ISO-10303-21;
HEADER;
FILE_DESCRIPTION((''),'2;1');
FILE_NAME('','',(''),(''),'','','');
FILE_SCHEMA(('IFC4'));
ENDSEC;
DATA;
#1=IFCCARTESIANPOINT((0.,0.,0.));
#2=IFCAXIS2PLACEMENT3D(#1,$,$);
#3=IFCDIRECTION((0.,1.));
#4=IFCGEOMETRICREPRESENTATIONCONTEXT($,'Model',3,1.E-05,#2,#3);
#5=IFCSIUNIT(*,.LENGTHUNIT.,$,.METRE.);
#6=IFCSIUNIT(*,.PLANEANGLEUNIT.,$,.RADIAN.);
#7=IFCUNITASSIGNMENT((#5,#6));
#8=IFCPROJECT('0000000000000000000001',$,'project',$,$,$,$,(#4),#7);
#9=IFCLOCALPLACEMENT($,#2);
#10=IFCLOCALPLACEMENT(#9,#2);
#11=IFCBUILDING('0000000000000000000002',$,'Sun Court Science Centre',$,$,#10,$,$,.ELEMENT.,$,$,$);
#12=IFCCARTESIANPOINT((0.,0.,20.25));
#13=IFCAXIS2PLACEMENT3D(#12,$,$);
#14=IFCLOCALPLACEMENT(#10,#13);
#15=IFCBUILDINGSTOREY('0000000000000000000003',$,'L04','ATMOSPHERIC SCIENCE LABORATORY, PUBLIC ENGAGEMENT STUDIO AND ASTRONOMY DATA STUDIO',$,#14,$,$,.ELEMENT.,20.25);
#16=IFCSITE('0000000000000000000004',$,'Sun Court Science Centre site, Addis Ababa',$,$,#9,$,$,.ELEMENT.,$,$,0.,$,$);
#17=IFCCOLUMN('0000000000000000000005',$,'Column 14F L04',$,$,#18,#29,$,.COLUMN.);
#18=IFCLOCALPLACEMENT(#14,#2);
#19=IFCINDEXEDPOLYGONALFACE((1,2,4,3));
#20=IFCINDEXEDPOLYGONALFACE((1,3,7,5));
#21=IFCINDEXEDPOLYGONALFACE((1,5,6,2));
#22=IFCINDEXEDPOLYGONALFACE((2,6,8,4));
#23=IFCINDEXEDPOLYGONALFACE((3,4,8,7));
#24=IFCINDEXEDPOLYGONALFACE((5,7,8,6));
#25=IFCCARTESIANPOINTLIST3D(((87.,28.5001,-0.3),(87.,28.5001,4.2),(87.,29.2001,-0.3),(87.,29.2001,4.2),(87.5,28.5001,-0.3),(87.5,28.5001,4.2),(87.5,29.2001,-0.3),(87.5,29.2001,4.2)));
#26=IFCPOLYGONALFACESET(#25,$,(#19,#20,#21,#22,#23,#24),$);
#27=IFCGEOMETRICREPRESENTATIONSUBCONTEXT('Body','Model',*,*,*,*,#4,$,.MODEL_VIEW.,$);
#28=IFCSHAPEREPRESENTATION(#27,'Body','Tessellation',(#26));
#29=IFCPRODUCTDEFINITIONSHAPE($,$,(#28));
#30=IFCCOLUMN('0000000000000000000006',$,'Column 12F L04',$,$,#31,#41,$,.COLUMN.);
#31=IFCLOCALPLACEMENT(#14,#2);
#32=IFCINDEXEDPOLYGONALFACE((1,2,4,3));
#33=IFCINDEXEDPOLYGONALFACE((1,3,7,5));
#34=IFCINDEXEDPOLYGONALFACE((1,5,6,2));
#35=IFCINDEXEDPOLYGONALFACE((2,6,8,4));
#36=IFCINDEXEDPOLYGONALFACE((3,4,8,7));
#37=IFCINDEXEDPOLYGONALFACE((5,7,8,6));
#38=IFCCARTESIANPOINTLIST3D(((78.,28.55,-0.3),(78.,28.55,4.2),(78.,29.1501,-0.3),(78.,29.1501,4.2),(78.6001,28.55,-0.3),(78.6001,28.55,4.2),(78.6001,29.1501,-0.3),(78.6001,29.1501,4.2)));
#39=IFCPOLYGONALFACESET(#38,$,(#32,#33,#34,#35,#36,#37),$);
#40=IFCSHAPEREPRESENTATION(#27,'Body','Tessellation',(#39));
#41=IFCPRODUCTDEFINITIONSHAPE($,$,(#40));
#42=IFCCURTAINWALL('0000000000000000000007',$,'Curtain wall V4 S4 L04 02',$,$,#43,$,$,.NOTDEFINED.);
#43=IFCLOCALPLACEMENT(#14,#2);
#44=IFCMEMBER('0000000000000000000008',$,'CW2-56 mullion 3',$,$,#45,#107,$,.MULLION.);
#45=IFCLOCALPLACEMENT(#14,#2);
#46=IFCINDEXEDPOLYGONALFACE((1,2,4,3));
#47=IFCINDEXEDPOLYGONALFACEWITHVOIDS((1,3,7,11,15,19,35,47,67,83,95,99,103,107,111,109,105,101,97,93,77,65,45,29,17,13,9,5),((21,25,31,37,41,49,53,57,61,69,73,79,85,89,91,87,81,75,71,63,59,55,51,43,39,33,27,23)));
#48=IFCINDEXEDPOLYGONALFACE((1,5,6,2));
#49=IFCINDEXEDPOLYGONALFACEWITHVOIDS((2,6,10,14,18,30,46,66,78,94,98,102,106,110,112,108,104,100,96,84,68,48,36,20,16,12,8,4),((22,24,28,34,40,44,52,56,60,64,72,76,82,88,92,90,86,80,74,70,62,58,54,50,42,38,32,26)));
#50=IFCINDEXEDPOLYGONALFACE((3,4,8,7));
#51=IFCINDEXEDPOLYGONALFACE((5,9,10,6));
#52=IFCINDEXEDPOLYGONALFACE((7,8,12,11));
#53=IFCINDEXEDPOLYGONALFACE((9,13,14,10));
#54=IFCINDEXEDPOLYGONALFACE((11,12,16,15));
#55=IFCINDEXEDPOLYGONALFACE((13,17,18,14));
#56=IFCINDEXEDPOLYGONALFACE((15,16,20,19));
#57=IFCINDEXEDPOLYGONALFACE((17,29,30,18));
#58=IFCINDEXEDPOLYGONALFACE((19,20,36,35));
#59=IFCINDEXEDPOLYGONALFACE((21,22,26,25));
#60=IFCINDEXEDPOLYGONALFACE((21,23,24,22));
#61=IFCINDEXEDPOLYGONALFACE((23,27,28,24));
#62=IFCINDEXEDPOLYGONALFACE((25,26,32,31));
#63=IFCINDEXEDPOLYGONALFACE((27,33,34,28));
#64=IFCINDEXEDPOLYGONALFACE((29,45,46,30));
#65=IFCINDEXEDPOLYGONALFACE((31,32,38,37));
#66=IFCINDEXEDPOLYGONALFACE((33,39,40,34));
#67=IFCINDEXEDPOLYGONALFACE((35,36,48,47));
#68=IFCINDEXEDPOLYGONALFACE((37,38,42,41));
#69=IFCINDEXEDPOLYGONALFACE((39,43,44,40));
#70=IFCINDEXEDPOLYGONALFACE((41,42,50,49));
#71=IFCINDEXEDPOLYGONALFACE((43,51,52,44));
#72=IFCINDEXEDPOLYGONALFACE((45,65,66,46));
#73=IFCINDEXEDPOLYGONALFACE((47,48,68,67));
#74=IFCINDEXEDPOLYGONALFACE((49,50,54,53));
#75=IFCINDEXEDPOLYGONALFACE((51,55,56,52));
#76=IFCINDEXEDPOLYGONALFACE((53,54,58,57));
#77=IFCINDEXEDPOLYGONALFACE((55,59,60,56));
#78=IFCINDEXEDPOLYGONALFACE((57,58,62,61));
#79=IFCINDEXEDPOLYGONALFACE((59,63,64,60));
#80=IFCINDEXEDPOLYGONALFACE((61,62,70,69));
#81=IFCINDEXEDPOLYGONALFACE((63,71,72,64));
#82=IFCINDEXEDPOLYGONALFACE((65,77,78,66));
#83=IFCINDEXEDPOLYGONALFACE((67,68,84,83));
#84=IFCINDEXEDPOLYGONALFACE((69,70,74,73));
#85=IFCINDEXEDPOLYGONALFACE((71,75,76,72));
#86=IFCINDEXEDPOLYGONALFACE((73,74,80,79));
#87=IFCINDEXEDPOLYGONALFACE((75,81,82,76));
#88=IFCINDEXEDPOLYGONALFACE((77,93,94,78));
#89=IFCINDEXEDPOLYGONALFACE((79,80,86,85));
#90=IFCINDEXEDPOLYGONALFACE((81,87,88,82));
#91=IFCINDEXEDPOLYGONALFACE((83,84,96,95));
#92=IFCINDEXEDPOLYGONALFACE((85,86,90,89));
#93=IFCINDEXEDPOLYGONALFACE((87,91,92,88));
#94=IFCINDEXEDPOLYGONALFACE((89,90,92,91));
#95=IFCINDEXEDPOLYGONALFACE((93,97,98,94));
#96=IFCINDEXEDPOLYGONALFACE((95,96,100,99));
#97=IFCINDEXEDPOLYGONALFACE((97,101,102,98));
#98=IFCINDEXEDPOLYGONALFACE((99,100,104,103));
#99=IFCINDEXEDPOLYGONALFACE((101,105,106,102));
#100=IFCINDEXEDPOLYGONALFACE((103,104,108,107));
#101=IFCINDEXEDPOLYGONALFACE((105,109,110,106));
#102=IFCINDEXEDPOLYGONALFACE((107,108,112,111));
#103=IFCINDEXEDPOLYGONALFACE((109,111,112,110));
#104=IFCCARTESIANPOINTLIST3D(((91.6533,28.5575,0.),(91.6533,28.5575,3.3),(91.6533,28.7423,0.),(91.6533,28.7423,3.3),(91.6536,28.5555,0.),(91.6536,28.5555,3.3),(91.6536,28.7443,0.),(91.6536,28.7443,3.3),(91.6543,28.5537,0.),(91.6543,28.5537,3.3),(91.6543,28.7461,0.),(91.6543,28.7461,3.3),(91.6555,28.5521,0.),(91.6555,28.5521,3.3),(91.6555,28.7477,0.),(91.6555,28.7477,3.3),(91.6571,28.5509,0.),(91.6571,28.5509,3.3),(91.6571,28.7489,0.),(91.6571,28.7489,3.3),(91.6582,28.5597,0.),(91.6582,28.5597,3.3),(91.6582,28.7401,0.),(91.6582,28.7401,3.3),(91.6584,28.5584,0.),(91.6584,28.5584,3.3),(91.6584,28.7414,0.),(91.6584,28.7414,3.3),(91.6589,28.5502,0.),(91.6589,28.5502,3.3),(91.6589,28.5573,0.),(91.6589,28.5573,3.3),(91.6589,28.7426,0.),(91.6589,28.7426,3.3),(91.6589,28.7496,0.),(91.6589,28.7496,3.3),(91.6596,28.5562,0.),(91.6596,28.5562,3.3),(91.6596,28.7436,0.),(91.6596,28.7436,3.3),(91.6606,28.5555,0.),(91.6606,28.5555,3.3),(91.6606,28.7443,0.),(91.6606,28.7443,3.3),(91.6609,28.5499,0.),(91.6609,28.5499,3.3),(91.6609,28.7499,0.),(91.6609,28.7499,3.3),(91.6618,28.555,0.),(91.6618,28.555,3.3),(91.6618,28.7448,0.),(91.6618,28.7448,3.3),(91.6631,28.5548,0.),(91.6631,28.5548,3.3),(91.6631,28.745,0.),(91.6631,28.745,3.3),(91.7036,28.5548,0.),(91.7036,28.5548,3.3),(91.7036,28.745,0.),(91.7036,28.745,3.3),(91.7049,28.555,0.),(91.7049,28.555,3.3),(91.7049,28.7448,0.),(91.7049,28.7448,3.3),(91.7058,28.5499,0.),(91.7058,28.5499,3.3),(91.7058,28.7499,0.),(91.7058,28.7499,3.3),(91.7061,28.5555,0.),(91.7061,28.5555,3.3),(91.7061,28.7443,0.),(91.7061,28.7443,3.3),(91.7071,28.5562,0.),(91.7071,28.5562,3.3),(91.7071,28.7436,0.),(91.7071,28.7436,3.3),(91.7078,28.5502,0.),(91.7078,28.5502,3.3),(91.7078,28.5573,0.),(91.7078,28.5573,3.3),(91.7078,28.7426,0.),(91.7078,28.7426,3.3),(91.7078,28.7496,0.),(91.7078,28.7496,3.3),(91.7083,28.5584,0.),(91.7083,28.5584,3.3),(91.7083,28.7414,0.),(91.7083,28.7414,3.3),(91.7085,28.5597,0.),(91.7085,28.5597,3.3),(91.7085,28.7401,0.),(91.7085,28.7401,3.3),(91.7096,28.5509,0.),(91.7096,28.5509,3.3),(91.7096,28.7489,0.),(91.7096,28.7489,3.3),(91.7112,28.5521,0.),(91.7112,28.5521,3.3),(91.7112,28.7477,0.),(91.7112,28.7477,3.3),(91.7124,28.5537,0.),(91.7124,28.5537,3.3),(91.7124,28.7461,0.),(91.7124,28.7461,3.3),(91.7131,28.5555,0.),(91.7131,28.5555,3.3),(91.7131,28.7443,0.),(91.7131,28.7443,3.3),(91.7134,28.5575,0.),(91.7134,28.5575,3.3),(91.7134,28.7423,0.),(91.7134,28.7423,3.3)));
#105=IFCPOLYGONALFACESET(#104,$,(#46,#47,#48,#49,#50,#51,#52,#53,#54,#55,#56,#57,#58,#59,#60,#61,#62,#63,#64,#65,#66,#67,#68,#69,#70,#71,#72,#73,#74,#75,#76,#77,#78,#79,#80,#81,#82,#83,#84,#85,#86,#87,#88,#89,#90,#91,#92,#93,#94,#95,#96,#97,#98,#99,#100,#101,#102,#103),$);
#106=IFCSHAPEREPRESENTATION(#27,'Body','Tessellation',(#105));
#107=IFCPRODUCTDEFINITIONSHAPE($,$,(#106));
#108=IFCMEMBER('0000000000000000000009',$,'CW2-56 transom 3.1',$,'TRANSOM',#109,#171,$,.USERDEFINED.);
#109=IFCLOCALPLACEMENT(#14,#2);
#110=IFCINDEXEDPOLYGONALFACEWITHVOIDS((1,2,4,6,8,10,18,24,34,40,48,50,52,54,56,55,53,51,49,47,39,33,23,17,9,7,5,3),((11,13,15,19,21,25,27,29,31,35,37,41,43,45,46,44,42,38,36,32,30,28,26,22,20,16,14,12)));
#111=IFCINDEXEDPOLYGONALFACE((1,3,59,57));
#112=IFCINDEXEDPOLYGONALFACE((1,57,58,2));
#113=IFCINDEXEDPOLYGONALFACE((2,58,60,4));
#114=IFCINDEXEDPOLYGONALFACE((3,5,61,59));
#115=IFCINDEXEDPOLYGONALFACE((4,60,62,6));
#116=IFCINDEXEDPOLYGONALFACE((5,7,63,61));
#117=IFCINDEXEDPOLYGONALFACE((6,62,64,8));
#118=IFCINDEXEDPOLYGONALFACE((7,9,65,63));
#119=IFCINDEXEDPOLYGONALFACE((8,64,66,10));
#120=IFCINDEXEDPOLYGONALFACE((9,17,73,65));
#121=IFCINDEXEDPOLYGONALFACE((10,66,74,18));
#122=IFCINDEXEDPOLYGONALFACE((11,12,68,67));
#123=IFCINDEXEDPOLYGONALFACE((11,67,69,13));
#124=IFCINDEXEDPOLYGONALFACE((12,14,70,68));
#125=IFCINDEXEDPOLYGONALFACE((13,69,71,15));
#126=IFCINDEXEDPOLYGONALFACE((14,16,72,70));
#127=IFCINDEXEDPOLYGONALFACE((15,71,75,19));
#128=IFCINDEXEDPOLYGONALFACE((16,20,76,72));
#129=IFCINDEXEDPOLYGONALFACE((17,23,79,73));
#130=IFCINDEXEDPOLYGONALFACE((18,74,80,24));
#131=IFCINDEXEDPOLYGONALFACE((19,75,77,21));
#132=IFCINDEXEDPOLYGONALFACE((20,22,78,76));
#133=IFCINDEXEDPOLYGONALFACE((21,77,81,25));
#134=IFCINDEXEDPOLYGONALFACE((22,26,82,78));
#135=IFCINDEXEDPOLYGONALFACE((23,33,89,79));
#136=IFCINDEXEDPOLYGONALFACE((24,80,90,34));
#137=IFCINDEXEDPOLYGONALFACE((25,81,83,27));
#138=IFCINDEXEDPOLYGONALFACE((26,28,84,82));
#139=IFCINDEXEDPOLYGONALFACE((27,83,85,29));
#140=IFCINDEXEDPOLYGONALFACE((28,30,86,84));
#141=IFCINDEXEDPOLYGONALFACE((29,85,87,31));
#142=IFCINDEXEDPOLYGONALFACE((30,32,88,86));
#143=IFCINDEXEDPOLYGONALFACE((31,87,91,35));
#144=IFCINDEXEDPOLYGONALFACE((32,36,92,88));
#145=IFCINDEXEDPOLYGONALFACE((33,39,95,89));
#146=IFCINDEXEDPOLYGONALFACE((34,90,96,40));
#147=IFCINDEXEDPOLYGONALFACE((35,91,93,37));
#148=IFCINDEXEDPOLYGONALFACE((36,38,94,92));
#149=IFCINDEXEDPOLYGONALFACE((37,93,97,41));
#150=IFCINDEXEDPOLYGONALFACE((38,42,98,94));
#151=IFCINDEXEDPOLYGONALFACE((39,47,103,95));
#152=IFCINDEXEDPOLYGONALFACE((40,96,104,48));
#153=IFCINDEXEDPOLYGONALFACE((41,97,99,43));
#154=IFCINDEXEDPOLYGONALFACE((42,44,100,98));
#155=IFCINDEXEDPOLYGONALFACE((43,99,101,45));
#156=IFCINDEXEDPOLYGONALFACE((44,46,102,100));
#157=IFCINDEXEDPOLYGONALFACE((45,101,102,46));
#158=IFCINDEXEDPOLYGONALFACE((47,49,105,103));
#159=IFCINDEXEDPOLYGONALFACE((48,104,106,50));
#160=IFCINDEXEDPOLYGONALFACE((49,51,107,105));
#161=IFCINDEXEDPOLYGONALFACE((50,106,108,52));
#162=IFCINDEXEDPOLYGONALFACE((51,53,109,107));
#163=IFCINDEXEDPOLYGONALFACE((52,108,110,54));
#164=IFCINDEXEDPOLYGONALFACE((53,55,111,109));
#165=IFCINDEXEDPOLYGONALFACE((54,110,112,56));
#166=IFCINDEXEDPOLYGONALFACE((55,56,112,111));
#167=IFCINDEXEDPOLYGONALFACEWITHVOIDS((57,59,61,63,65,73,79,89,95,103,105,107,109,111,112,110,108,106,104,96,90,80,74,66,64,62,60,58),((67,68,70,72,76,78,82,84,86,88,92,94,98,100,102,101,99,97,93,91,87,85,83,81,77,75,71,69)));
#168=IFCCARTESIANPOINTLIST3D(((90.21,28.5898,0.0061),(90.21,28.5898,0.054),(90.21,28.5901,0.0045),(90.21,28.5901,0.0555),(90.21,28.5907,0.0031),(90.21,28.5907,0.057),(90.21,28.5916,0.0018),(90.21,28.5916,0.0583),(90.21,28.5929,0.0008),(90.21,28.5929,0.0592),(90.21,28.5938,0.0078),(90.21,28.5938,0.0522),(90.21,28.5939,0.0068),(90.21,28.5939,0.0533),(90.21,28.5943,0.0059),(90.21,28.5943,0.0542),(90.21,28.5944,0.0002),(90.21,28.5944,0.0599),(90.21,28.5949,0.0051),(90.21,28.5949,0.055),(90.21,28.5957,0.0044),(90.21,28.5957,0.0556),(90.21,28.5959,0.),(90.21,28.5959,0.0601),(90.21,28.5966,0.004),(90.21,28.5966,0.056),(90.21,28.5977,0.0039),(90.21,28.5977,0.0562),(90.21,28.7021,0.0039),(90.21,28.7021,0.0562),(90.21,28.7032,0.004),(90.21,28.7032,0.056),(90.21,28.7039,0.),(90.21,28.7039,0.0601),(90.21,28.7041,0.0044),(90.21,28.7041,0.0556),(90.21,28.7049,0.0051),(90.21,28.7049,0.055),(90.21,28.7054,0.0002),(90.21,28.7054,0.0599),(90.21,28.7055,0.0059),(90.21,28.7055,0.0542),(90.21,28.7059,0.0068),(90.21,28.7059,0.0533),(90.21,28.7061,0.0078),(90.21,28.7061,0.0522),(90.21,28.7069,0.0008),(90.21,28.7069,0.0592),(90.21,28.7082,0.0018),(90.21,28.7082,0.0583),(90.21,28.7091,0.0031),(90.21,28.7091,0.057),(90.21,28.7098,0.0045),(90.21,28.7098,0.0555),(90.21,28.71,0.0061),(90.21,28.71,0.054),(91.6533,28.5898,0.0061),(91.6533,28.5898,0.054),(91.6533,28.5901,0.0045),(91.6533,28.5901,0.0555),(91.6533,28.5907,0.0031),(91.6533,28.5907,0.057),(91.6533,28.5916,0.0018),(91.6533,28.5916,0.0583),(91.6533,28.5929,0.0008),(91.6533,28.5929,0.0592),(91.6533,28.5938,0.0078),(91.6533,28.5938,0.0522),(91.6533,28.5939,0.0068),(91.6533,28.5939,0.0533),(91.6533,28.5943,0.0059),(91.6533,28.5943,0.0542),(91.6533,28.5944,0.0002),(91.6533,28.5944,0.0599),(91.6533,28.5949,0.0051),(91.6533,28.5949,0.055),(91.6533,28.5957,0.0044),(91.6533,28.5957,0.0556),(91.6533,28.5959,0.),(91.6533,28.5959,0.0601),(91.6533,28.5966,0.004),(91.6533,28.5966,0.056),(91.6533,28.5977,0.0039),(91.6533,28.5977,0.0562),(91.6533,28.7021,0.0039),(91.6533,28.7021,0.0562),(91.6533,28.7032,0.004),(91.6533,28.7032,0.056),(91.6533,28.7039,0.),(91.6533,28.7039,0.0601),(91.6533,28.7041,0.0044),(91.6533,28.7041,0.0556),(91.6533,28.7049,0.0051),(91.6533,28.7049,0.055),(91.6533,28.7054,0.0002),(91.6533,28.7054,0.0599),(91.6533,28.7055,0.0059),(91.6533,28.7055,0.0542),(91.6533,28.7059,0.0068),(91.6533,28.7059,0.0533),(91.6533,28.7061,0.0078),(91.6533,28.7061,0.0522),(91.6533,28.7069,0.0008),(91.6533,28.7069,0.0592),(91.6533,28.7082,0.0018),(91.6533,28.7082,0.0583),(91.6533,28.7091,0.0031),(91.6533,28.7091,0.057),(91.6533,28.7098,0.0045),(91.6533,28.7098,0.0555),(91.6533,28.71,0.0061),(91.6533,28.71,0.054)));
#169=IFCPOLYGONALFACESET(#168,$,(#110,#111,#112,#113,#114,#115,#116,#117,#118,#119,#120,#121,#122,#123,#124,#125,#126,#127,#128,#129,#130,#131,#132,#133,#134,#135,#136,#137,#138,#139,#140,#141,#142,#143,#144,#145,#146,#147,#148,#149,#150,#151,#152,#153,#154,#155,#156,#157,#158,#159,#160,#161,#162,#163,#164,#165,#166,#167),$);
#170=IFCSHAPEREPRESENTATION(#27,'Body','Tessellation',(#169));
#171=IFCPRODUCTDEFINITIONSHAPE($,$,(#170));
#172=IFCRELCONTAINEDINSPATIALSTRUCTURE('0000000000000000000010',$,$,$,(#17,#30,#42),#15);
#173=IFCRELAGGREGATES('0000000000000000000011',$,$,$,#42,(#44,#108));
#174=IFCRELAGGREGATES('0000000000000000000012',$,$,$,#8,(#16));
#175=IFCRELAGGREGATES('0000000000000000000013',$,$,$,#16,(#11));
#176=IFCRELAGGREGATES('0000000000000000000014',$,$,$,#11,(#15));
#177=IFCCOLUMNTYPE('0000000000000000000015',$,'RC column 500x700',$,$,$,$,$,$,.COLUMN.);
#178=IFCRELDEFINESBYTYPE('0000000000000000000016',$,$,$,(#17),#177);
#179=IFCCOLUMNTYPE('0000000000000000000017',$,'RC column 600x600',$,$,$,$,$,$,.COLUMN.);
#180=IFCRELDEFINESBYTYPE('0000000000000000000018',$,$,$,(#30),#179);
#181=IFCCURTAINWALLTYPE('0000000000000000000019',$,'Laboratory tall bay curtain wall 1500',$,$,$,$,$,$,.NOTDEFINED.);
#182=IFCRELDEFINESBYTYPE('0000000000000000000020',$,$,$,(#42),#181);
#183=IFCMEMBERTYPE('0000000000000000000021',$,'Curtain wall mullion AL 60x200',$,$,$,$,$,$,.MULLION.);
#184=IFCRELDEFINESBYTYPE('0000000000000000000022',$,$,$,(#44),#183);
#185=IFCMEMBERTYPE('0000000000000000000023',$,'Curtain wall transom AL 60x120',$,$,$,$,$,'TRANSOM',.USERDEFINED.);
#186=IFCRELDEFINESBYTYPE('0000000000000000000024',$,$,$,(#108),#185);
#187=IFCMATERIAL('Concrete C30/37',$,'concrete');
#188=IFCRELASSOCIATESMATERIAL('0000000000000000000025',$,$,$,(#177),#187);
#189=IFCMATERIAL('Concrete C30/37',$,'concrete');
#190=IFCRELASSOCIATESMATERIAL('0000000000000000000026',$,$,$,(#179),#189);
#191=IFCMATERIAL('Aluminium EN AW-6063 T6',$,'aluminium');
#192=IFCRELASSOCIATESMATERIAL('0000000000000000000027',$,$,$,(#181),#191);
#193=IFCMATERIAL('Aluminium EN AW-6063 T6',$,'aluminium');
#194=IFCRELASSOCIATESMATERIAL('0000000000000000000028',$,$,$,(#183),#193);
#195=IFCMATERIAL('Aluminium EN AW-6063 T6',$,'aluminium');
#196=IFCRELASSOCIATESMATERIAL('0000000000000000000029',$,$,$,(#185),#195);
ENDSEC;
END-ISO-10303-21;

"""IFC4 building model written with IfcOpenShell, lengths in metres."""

from ifc_helpers import new_model, si_unit, direction, frame, origin, origin_2d, place, context, subcontext, project, spatial, rectangle, hollow_rectangle, extrude, material, material_profile, profile_set, type_object, element, aggregate, save


model = new_model("IFC4")

# Units and contexts
model_context = context("Model", 3, precision=1e-05, world=origin(), true_north=direction((0.0, 1.0)))
body_context = subcontext(model_context, "Body", "Model", "MODEL_VIEW")
ifc_project = project(units=[si_unit("LENGTHUNIT", "METRE"), si_unit("PLANEANGLEUNIT", "RADIAN")], contexts=[model_context])

# Site, building, storey
site_placement = place(None, origin())
site = spatial("IfcSite", under=ifc_project, at=site_placement, Name="Sun Court Science Centre site, Addis Ababa", CompositionType="ELEMENT", RefElevation=0.0)
building_placement = place(site_placement, origin())
building = spatial("IfcBuilding", under=site, at=building_placement, Name="Sun Court Science Centre", CompositionType="ELEMENT")
storey_placement = place(building_placement, frame((0.0, 0.0, 20.25)))
storey = spatial("IfcBuildingStorey", under=building, at=storey_placement, Name="L04", Description="ATMOSPHERIC SCIENCE LABORATORY, PUBLIC ENGAGEMENT STUDIO AND ASTRONOMY DATA STUDIO", CompositionType="ELEMENT", Elevation=20.25)

# Columns
ifc_material_1 = material(Name="Concrete C30/37", Category="concrete")
ifc_material_profile_1 = material_profile(ifc_material_1, rectangle(XDim=0.5, YDim=0.7, at=origin_2d()), Name="RC 500x700")
ifc_profile_set_1 = profile_set([ifc_material_profile_1], Name="Concrete C30/37")
column_type_1 = type_object("IfcColumnType", Name="RC column 500x700", PredefinedType="COLUMN", material=ifc_profile_set_1)
column_1_placement = place(storey_placement, frame((87.25, 28.8501, -0.3), z_axis=(0.0, 0.0, 1.0), x_axis=(1.0, 0.0, 0.0)))
element("IfcColumn", 1, at=column_1_placement, inside=storey, type_object=column_type_1, Name="Column 14F L04", PredefinedType="COLUMN", context=body_context, shape_type="SweptSolid", body=[
    extrude(rectangle(XDim=0.5, YDim=0.7, at=origin_2d()), origin(), (0.0, 0.0, 1.0), 4.5),
])
ifc_material_2 = material(Name="Concrete C30/37", Category="concrete")
ifc_material_profile_2 = material_profile(ifc_material_2, rectangle(XDim=0.6001, YDim=0.6001, at=origin_2d()), Name="RC 600x600")
ifc_profile_set_2 = profile_set([ifc_material_profile_2], Name="Concrete C30/37")
column_type_2 = type_object("IfcColumnType", Name="RC column 600x600", PredefinedType="COLUMN", material=ifc_profile_set_2)
column_2_placement = place(storey_placement, frame((78.3, 28.8501, -0.3), z_axis=(0.0, 0.0, 1.0), x_axis=(1.0, 0.0, 0.0)))
element("IfcColumn", 2, at=column_2_placement, inside=storey, type_object=column_type_2, Name="Column 12F L04", PredefinedType="COLUMN", context=body_context, shape_type="SweptSolid", body=[
    extrude(rectangle(XDim=0.6001, YDim=0.6001, at=origin_2d()), origin(), (0.0, 0.0, 1.0), 4.5),
])

# Curtain wall, members
ifc_material_3 = material(Name="Aluminium EN AW-6063 T6", Category="aluminium")
curtain_wall_type = type_object("IfcCurtainWallType", Name="Laboratory tall bay curtain wall 1500", PredefinedType="NOTDEFINED", material=ifc_material_3)
curtain_wall_placement = place(storey_placement, origin())
curtain_wall = element("IfcCurtainWall", 3, at=curtain_wall_placement, inside=storey, type_object=curtain_wall_type, Name="Curtain wall V4 S4 L04 02", PredefinedType="NOTDEFINED")
ifc_material_4 = material(Name="Aluminium EN AW-6063 T6", Category="aluminium")
ifc_material_profile_3 = material_profile(ifc_material_4, hollow_rectangle(XDim=0.0601, YDim=0.2, WallThickness=0.0049, InnerFilletRadius=0.0049, OuterFilletRadius=0.0076, at=origin_2d()), Name="AL 60x200x5")
ifc_profile_set_3 = profile_set([ifc_material_profile_3], Name="Aluminium EN AW-6063 T6")
member_type_1 = type_object("IfcMemberType", Name="Curtain wall mullion AL 60x200", PredefinedType="MULLION", material=ifc_profile_set_3)
member_1_placement = place(storey_placement, frame((91.6833, 28.6499, 0.0), z_axis=(0.0, 0.0, 1.0), x_axis=(-1.0, 0.0, 0.0)))
member_1 = element("IfcMember", 4, at=member_1_placement, type_object=member_type_1, Name="CW2-56 mullion 3", PredefinedType="MULLION", context=body_context, shape_type="SweptSolid", body=[
    extrude(hollow_rectangle(XDim=0.0601, YDim=0.2, WallThickness=0.0049, InnerFilletRadius=0.0049, OuterFilletRadius=0.0076, at=origin_2d()), origin(), (0.0, 0.0, 1.0), 3.3),
])
ifc_material_5 = material(Name="Aluminium EN AW-6063 T6", Category="aluminium")
ifc_material_profile_4 = material_profile(ifc_material_5, hollow_rectangle(XDim=0.0601, YDim=0.1201, WallThickness=0.0039, InnerFilletRadius=0.0039, OuterFilletRadius=0.0061, at=origin_2d()), Name="AL 60x120x4")
ifc_profile_set_4 = profile_set([ifc_material_profile_4], Name="Aluminium EN AW-6063 T6")
member_type_2 = type_object("IfcMemberType", Name="Curtain wall transom AL 60x120", ElementType="TRANSOM", PredefinedType="USERDEFINED", material=ifc_profile_set_4)
member_2_placement = place(storey_placement, frame((91.6533, 28.6499, 0.03), z_axis=(-1.0, 0.0, 0.0), x_axis=(0.0, 0.0, 1.0)))
member_2 = element("IfcMember", 5, at=member_2_placement, type_object=member_type_2, Name="CW2-56 transom 3.1", ObjectType="TRANSOM", PredefinedType="USERDEFINED", context=body_context, shape_type="SweptSolid", body=[
    extrude(hollow_rectangle(XDim=0.0601, YDim=0.1201, WallThickness=0.0039, InnerFilletRadius=0.0039, OuterFilletRadius=0.0061, at=origin_2d()), origin(), (0.0, 0.0, 1.0), 1.4434),
])

aggregate(curtain_wall, [member_1, member_2])

save(model, "model.ifc")
